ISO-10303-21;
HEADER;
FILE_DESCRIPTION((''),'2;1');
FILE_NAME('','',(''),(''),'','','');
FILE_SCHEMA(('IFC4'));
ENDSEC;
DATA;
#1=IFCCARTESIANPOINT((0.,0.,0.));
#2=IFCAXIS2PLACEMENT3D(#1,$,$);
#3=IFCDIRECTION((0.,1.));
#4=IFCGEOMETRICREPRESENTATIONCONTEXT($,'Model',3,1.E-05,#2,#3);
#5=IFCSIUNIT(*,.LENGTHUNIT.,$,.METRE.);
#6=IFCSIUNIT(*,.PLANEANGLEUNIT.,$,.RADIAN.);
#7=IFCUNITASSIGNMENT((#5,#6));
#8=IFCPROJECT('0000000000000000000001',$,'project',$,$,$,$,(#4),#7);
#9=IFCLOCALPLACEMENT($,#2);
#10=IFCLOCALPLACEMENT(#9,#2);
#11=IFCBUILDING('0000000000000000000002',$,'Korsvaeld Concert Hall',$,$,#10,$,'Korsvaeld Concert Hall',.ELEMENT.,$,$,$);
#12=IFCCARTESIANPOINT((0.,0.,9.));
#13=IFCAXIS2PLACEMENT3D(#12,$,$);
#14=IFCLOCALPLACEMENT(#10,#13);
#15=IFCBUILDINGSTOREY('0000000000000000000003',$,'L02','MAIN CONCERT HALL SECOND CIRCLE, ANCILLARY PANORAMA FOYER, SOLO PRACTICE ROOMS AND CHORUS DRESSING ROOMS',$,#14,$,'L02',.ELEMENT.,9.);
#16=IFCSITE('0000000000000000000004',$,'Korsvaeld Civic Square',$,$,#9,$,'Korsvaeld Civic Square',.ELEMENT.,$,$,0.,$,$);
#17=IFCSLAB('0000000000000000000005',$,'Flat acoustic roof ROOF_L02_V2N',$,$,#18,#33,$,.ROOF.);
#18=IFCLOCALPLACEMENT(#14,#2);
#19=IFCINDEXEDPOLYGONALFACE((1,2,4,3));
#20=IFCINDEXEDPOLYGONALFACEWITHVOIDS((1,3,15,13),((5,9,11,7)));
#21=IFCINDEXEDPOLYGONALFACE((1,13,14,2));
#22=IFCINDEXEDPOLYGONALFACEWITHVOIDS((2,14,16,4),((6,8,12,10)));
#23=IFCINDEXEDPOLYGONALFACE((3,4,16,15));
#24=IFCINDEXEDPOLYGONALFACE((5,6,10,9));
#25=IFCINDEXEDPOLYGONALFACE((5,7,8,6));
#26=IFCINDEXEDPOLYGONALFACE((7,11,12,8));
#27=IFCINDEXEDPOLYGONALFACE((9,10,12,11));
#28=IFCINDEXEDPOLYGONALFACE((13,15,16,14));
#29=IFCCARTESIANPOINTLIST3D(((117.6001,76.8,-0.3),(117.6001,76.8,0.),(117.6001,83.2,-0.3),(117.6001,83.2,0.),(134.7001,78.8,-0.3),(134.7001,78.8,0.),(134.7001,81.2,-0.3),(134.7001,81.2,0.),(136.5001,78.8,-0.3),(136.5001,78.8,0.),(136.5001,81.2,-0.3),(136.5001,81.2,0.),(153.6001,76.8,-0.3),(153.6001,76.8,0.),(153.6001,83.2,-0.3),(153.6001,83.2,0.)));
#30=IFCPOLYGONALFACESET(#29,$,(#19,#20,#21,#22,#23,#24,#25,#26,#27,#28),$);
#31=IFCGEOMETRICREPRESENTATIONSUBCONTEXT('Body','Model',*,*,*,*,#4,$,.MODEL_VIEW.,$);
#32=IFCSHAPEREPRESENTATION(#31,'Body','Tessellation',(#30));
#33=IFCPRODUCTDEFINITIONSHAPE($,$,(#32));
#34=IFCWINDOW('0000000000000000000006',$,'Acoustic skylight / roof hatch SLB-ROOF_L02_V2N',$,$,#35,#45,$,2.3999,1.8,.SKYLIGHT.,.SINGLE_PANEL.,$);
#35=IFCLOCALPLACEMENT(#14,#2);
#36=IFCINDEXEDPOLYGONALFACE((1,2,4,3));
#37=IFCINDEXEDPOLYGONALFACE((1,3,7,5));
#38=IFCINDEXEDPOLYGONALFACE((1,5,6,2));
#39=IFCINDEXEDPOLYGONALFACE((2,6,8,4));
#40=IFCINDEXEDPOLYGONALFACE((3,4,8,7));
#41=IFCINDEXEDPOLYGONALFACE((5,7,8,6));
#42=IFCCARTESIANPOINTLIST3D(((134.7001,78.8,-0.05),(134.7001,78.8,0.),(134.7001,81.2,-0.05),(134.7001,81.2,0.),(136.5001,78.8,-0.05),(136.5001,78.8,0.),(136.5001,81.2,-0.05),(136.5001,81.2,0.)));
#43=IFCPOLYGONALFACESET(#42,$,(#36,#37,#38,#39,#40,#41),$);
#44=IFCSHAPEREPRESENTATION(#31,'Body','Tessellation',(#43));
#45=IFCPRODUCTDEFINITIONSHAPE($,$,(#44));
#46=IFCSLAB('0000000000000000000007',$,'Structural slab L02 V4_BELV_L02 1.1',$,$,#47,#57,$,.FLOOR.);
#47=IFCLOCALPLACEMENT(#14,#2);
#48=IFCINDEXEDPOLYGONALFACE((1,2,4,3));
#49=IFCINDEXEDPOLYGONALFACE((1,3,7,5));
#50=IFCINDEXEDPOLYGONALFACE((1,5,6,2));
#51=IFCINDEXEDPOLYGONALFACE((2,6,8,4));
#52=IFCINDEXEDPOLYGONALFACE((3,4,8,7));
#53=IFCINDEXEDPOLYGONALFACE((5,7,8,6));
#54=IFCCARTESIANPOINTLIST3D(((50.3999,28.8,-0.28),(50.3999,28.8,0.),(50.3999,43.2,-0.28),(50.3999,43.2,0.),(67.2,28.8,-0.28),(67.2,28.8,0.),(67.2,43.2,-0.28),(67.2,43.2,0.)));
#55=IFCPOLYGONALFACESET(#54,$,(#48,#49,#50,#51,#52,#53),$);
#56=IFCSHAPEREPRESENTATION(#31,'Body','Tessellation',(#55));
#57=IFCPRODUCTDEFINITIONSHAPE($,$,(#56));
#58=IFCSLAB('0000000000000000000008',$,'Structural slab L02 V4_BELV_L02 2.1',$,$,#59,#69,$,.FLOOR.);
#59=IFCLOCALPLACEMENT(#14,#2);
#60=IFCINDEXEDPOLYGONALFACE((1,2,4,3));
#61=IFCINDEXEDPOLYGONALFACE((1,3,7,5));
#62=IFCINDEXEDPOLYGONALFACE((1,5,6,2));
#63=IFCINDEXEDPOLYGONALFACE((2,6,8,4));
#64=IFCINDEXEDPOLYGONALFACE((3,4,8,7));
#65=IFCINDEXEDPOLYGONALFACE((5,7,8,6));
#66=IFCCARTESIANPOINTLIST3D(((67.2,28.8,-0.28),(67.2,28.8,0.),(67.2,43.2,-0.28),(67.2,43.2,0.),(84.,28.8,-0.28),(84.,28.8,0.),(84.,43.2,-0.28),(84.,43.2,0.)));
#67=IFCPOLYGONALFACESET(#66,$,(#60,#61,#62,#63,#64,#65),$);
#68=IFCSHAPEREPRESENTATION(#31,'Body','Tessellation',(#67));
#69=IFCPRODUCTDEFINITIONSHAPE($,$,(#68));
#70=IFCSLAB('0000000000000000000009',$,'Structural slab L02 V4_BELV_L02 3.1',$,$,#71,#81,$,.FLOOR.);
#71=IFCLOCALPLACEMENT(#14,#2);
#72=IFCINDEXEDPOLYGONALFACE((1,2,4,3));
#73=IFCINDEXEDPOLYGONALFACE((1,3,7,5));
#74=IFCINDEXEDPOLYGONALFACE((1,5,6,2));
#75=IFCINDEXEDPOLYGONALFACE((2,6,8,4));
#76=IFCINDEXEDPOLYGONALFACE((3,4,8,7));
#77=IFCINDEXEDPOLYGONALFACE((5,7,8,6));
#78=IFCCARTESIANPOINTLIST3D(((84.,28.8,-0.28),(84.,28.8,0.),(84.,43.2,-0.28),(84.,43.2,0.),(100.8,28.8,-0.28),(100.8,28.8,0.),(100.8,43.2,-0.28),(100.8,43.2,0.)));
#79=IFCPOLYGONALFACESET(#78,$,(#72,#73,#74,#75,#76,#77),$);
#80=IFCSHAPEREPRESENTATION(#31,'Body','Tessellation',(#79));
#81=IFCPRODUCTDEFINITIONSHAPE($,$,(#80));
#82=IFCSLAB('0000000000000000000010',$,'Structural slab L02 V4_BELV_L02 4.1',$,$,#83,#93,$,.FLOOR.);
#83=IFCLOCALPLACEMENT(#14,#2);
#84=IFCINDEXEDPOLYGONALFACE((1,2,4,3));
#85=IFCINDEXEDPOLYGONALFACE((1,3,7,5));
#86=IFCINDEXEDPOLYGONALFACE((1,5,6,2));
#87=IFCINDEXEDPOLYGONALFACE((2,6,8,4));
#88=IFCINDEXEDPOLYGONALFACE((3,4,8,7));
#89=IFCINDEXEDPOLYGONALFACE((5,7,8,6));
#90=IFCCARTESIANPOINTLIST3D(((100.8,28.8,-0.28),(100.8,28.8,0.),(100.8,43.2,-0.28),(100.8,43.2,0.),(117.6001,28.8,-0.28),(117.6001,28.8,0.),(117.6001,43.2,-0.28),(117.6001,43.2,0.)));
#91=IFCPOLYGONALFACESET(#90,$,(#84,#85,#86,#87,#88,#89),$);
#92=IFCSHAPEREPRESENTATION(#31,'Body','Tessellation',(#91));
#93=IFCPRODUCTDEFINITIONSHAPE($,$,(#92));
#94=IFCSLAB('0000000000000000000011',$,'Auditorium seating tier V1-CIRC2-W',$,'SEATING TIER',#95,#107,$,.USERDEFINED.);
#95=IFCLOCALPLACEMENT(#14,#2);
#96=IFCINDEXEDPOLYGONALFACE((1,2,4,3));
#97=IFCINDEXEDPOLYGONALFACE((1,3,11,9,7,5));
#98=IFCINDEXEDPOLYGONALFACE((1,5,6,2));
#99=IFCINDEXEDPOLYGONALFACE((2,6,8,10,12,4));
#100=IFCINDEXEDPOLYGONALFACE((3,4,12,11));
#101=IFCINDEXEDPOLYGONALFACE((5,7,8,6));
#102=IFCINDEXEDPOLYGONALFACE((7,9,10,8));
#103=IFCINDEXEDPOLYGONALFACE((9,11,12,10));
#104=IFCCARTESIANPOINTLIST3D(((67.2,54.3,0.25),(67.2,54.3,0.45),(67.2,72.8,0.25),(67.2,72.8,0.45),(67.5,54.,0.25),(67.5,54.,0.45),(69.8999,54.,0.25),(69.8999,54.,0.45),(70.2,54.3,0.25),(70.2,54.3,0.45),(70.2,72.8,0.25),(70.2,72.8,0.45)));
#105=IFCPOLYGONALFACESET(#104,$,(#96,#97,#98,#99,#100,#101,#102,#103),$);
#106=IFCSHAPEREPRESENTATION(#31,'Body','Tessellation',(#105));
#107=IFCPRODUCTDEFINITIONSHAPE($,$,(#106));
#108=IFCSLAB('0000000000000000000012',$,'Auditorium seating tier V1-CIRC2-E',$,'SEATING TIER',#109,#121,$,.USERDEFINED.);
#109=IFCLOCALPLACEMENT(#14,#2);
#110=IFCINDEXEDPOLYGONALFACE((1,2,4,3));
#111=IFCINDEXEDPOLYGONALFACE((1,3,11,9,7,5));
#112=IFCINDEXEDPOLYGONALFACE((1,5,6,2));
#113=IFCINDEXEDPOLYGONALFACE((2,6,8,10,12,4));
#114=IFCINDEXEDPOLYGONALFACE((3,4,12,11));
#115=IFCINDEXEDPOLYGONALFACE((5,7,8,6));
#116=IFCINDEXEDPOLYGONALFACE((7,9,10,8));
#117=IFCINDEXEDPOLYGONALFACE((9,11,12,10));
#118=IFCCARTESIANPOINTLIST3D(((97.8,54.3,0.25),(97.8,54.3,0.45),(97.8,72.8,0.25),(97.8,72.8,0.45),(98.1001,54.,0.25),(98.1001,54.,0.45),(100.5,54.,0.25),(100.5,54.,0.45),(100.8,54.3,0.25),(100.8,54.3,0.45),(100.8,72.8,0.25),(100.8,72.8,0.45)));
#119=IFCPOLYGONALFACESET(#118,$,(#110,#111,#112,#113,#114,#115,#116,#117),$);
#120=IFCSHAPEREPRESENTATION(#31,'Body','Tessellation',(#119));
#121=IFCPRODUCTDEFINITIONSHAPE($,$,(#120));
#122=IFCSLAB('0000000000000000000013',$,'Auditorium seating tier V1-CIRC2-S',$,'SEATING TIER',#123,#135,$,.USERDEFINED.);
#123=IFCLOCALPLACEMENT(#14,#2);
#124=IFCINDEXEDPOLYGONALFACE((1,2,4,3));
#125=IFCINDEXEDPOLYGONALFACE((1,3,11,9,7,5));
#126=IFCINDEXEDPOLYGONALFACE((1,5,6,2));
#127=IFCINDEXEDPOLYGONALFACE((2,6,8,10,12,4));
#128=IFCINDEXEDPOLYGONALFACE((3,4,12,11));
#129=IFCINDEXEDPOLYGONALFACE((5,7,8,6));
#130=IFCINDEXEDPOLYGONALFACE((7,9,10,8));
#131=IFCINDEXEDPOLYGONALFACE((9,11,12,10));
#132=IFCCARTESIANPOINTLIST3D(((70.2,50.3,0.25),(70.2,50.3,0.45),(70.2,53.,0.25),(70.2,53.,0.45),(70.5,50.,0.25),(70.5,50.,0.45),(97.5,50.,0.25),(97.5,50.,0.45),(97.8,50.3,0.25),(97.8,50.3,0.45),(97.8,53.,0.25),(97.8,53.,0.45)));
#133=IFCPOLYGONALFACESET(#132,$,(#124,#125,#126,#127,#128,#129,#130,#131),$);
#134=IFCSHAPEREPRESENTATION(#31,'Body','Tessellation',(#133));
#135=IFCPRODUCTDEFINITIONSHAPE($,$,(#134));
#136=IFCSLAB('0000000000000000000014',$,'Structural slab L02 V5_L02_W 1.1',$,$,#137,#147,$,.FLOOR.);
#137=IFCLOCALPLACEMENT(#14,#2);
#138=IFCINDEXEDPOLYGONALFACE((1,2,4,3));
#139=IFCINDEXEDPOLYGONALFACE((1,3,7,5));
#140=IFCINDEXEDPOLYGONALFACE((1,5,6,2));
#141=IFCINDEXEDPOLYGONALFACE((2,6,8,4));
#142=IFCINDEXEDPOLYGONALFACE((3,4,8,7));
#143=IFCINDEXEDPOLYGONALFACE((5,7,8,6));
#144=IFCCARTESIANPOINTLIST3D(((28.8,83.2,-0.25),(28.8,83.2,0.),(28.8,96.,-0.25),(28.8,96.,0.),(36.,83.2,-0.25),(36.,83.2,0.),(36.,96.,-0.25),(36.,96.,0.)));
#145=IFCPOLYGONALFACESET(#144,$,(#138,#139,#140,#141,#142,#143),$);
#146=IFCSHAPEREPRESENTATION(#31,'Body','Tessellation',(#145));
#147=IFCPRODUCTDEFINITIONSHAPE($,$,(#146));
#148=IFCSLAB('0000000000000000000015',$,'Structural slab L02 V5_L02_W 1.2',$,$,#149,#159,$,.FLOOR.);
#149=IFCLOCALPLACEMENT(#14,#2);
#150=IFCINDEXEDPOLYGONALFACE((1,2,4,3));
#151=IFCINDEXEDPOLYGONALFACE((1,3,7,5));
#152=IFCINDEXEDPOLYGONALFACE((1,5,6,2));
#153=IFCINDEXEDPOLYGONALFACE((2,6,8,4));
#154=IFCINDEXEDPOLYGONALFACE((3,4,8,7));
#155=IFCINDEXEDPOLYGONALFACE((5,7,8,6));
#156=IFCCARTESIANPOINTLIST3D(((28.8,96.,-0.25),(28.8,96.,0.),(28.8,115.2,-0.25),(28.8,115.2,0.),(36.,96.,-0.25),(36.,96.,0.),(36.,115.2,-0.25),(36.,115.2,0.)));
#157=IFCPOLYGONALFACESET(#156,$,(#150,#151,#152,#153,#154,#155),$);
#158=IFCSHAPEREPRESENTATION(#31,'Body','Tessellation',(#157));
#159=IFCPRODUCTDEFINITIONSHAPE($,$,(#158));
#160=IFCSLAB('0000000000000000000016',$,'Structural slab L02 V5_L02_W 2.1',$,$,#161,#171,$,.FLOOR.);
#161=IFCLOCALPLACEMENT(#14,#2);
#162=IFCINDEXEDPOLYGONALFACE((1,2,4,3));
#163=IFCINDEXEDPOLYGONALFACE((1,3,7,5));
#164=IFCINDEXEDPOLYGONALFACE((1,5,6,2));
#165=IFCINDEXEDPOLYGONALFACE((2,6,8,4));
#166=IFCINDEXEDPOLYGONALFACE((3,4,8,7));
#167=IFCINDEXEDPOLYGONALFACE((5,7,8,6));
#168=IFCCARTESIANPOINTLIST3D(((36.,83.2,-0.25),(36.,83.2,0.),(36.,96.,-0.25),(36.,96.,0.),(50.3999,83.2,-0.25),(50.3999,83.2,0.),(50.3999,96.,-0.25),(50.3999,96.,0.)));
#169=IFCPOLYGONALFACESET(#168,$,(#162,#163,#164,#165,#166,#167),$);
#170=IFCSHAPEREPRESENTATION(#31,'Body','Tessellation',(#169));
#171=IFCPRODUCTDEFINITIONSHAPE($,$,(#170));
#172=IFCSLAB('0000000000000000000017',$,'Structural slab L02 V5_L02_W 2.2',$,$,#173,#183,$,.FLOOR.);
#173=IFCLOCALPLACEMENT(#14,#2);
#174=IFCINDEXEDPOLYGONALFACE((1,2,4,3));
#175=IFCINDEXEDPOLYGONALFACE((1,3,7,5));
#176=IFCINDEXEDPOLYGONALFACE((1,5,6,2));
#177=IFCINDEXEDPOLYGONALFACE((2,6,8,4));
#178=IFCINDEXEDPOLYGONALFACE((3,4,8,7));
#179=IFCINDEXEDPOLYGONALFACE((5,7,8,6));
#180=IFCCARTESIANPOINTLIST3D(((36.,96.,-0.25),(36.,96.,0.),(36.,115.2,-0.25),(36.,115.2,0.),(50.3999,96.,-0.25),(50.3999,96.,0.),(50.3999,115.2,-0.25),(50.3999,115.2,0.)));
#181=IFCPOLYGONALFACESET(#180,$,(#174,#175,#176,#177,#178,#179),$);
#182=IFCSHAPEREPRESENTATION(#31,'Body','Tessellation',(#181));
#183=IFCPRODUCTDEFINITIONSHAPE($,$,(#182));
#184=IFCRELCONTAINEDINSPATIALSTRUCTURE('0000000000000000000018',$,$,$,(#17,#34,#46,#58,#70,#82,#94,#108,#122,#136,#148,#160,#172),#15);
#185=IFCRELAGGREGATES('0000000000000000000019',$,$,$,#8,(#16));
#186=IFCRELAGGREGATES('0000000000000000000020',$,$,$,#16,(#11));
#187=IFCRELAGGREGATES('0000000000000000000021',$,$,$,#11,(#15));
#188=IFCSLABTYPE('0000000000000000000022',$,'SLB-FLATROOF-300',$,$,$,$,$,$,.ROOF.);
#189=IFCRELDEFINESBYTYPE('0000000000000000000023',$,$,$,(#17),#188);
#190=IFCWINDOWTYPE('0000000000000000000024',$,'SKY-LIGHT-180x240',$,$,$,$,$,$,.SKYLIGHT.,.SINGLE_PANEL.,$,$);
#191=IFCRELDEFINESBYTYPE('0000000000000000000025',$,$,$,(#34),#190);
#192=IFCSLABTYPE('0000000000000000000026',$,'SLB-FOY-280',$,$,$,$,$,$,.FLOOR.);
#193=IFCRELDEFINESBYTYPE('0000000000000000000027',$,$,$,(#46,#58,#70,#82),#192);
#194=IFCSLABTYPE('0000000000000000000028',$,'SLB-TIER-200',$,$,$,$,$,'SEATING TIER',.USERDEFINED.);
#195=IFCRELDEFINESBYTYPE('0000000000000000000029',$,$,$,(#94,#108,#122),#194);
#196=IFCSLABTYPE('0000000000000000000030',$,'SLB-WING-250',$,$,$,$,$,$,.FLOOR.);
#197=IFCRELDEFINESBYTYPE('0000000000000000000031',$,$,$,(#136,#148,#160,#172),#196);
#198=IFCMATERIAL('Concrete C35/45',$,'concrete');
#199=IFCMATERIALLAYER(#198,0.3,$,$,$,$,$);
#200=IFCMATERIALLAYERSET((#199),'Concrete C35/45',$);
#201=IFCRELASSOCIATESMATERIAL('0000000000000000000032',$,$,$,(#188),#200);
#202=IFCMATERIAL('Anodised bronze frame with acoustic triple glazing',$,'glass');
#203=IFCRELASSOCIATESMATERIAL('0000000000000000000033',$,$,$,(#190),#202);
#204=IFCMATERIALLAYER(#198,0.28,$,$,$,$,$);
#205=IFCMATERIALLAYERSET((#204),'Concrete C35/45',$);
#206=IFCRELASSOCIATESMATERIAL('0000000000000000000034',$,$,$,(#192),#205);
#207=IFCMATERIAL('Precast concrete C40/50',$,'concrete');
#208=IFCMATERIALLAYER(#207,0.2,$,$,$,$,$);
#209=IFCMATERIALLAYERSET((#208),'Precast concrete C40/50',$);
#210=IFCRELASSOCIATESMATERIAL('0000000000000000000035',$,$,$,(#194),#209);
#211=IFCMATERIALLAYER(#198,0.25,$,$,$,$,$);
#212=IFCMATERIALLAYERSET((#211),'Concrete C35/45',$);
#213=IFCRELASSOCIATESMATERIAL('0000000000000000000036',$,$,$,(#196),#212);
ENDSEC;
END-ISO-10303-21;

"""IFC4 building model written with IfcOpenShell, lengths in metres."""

from ifc_helpers import new_model, si_unit, direction, frame, origin, origin_2d, place, context, subcontext, project, spatial, polyline, rectangle, outline, extrude, material, layer, layer_set, type_object, element, fill, save


model = new_model("IFC4")

# Units and contexts
model_context = context("Model", 3, precision=1e-05, world=origin(), true_north=direction((0.0, 1.0)))
body_context = subcontext(model_context, "Body", "Model", "MODEL_VIEW")
ifc_project = project(units=[si_unit("LENGTHUNIT", "METRE"), si_unit("PLANEANGLEUNIT", "RADIAN")], contexts=[model_context])

# Site, building, storey
site_placement = place(None, origin())
site = spatial("IfcSite", under=ifc_project, at=site_placement, Name="Korsvaeld Civic Square", LongName="Korsvaeld Civic Square", CompositionType="ELEMENT", RefElevation=0.0)
building_placement = place(site_placement, origin())
building = spatial("IfcBuilding", under=site, at=building_placement, Name="Korsvaeld Concert Hall", LongName="Korsvaeld Concert Hall", CompositionType="ELEMENT")
storey_placement = place(building_placement, frame((0.0, 0.0, 9.0)))
storey = spatial("IfcBuildingStorey", under=building, at=storey_placement, Name="L02", Description="MAIN CONCERT HALL SECOND CIRCLE, ANCILLARY PANORAMA FOYER, SOLO PRACTICE ROOMS AND CHORUS DRESSING ROOMS", LongName="L02", CompositionType="ELEMENT", Elevation=9.0)

# Slab, opening, window
ifc_material_1 = material(Name="Concrete C35/45", Category="concrete")
ifc_layer_1 = layer(ifc_material_1, 0.3)
ifc_layer_set_1 = layer_set([ifc_layer_1], Name="Concrete C35/45")
slab_type_1 = type_object("IfcSlabType", Name="SLB-FLATROOF-300", PredefinedType="ROOF", material=ifc_layer_set_1)
slab_1_placement = place(storey_placement, frame((0.0, 0.0, -0.3)))
slab_1 = element("IfcSlab", 1, at=slab_1_placement, inside=storey, type_object=slab_type_1, Name="Flat acoustic roof ROOF_L02_V2N", PredefinedType="ROOF", context=body_context, shape_type="SweptSolid", body=[
    extrude(outline(polyline([(117.6001, 76.8), (117.6001, 83.2), (153.6001, 83.2), (153.6001, 76.8), (117.6001, 76.8)])), origin(), (0.0, 0.0, 1.0), 0.3),
])
opening_placement = place(slab_1_placement, frame((135.6001, 80.0, -0.01)))
opening = element("IfcOpeningElement", 2, at=opening_placement, cuts=slab_1, PredefinedType="OPENING", context=body_context, shape_type="SweptSolid", body=[
    extrude(rectangle(XDim=1.8, YDim=2.3999, at=origin_2d()), origin(), (0.0, 0.0, 1.0), 0.3201),
])
ifc_material_2 = material(Name="Anodised bronze frame with acoustic triple glazing", Category="glass")
window_type = type_object("IfcWindowType", Name="SKY-LIGHT-180x240", PartitioningType="SINGLE_PANEL", PredefinedType="SKYLIGHT", material=ifc_material_2)
window_placement = place(slab_1_placement, frame((135.6001, 80.0, 0.25)))
window = element("IfcWindow", 3, at=window_placement, inside=storey, type_object=window_type, Name="Acoustic skylight / roof hatch SLB-ROOF_L02_V2N", OverallHeight=2.3999, OverallWidth=1.8, PartitioningType="SINGLE_PANEL", PredefinedType="SKYLIGHT", context=body_context, shape_type="SweptSolid", body=[
    extrude(rectangle(XDim=1.8, YDim=2.3999, at=origin_2d()), origin(), (0.0, 0.0, 1.0), 0.05),
])
fill(opening, window)

# Slabs
ifc_layer_2 = layer(ifc_material_1, 0.28)
ifc_layer_set_2 = layer_set([ifc_layer_2], Name="Concrete C35/45")
slab_type_2 = type_object("IfcSlabType", Name="SLB-FOY-280", PredefinedType="FLOOR", material=ifc_layer_set_2)
slab_2_placement = place(storey_placement, frame((0.0, 0.0, -0.28)))
element("IfcSlab", 4, at=slab_2_placement, inside=storey, type_object=slab_type_2, Name="Structural slab L02 V4_BELV_L02 1.1", PredefinedType="FLOOR", context=body_context, shape_type="SweptSolid", body=[
    extrude(outline(polyline([(50.3999, 28.8), (50.3999, 43.2), (67.2, 43.2), (67.2, 28.8), (50.3999, 28.8)])), origin(), (0.0, 0.0, 1.0), 0.28),
])
slab_3_placement = place(storey_placement, frame((0.0, 0.0, -0.28)))
element("IfcSlab", 5, at=slab_3_placement, inside=storey, type_object=slab_type_2, Name="Structural slab L02 V4_BELV_L02 2.1", PredefinedType="FLOOR", context=body_context, shape_type="SweptSolid", body=[
    extrude(outline(polyline([(67.2, 28.8), (67.2, 43.2), (84.0, 43.2), (84.0, 28.8), (67.2, 28.8)])), origin(), (0.0, 0.0, 1.0), 0.28),
])
slab_4_placement = place(storey_placement, frame((0.0, 0.0, -0.28)))
element("IfcSlab", 6, at=slab_4_placement, inside=storey, type_object=slab_type_2, Name="Structural slab L02 V4_BELV_L02 3.1", PredefinedType="FLOOR", context=body_context, shape_type="SweptSolid", body=[
    extrude(outline(polyline([(84.0, 28.8), (84.0, 43.2), (100.8, 43.2), (100.8, 28.8), (84.0, 28.8)])), origin(), (0.0, 0.0, 1.0), 0.28),
])
slab_5_placement = place(storey_placement, frame((0.0, 0.0, -0.28)))
element("IfcSlab", 7, at=slab_5_placement, inside=storey, type_object=slab_type_2, Name="Structural slab L02 V4_BELV_L02 4.1", PredefinedType="FLOOR", context=body_context, shape_type="SweptSolid", body=[
    extrude(outline(polyline([(100.8, 28.8), (100.8, 43.2), (117.6001, 43.2), (117.6001, 28.8), (100.8, 28.8)])), origin(), (0.0, 0.0, 1.0), 0.28),
])
ifc_material_3 = material(Name="Precast concrete C40/50", Category="concrete")
ifc_layer_3 = layer(ifc_material_3, 0.2)
ifc_layer_set_3 = layer_set([ifc_layer_3], Name="Precast concrete C40/50")
slab_type_3 = type_object("IfcSlabType", Name="SLB-TIER-200", ElementType="SEATING TIER", PredefinedType="USERDEFINED", material=ifc_layer_set_3)
slab_6_placement = place(storey_placement, frame((0.0, 0.0, 0.25)))
element("IfcSlab", 8, at=slab_6_placement, inside=storey, type_object=slab_type_3, Name="Auditorium seating tier V1-CIRC2-W", ObjectType="SEATING TIER", PredefinedType="USERDEFINED", context=body_context, shape_type="SweptSolid", body=[
    extrude(outline(polyline([(67.2, 54.3), (67.5, 54.0), (69.8999, 54.0), (70.2, 54.3), (70.2, 72.8), (67.2, 72.8), (67.2, 54.3)])), origin(), (0.0, 0.0, 1.0), 0.2),
])
slab_7_placement = place(storey_placement, frame((0.0, 0.0, 0.25)))
element("IfcSlab", 9, at=slab_7_placement, inside=storey, type_object=slab_type_3, Name="Auditorium seating tier V1-CIRC2-E", ObjectType="SEATING TIER", PredefinedType="USERDEFINED", context=body_context, shape_type="SweptSolid", body=[
    extrude(outline(polyline([(97.8, 54.3), (98.1001, 54.0), (100.5, 54.0), (100.8, 54.3), (100.8, 72.8), (97.8, 72.8), (97.8, 54.3)])), origin(), (0.0, 0.0, 1.0), 0.2),
])
slab_8_placement = place(storey_placement, frame((0.0, 0.0, 0.25)))
element("IfcSlab", 10, at=slab_8_placement, inside=storey, type_object=slab_type_3, Name="Auditorium seating tier V1-CIRC2-S", ObjectType="SEATING TIER", PredefinedType="USERDEFINED", context=body_context, shape_type="SweptSolid", body=[
    extrude(outline(polyline([(70.2, 50.3), (70.5, 50.0), (97.5, 50.0), (97.8, 50.3), (97.8, 53.0), (70.2, 53.0), (70.2, 50.3)])), origin(), (0.0, 0.0, 1.0), 0.2),
])
ifc_layer_4 = layer(ifc_material_1, 0.25)
ifc_layer_set_4 = layer_set([ifc_layer_4], Name="Concrete C35/45")
slab_type_4 = type_object("IfcSlabType", Name="SLB-WING-250", PredefinedType="FLOOR", material=ifc_layer_set_4)
slab_9_placement = place(storey_placement, frame((0.0, 0.0, -0.25)))
element("IfcSlab", 11, at=slab_9_placement, inside=storey, type_object=slab_type_4, Name="Structural slab L02 V5_L02_W 1.1", PredefinedType="FLOOR", context=body_context, shape_type="SweptSolid", body=[
    extrude(outline(polyline([(28.8, 83.2), (28.8, 96.0), (36.0, 96.0), (36.0, 83.2), (28.8, 83.2)])), origin(), (0.0, 0.0, 1.0), 0.25),
])
slab_10_placement = place(storey_placement, frame((0.0, 0.0, -0.25)))
element("IfcSlab", 12, at=slab_10_placement, inside=storey, type_object=slab_type_4, Name="Structural slab L02 V5_L02_W 1.2", PredefinedType="FLOOR", context=body_context, shape_type="SweptSolid", body=[
    extrude(outline(polyline([(28.8, 96.0), (28.8, 115.2), (36.0, 115.2), (36.0, 96.0), (28.8, 96.0)])), origin(), (0.0, 0.0, 1.0), 0.25),
])
slab_11_placement = place(storey_placement, frame((0.0, 0.0, -0.25)))
element("IfcSlab", 13, at=slab_11_placement, inside=storey, type_object=slab_type_4, Name="Structural slab L02 V5_L02_W 2.1", PredefinedType="FLOOR", context=body_context, shape_type="SweptSolid", body=[
    extrude(outline(polyline([(36.0, 83.2), (36.0, 96.0), (50.3999, 96.0), (50.3999, 83.2), (36.0, 83.2)])), origin(), (0.0, 0.0, 1.0), 0.25),
])
slab_12_placement = place(storey_placement, frame((0.0, 0.0, -0.25)))
element("IfcSlab", 14, at=slab_12_placement, inside=storey, type_object=slab_type_4, Name="Structural slab L02 V5_L02_W 2.2", PredefinedType="FLOOR", context=body_context, shape_type="SweptSolid", body=[
    extrude(outline(polyline([(36.0, 96.0), (36.0, 115.2), (50.3999, 115.2), (50.3999, 96.0), (36.0, 96.0)])), origin(), (0.0, 0.0, 1.0), 0.25),
])

save(model, "model.ifc")
